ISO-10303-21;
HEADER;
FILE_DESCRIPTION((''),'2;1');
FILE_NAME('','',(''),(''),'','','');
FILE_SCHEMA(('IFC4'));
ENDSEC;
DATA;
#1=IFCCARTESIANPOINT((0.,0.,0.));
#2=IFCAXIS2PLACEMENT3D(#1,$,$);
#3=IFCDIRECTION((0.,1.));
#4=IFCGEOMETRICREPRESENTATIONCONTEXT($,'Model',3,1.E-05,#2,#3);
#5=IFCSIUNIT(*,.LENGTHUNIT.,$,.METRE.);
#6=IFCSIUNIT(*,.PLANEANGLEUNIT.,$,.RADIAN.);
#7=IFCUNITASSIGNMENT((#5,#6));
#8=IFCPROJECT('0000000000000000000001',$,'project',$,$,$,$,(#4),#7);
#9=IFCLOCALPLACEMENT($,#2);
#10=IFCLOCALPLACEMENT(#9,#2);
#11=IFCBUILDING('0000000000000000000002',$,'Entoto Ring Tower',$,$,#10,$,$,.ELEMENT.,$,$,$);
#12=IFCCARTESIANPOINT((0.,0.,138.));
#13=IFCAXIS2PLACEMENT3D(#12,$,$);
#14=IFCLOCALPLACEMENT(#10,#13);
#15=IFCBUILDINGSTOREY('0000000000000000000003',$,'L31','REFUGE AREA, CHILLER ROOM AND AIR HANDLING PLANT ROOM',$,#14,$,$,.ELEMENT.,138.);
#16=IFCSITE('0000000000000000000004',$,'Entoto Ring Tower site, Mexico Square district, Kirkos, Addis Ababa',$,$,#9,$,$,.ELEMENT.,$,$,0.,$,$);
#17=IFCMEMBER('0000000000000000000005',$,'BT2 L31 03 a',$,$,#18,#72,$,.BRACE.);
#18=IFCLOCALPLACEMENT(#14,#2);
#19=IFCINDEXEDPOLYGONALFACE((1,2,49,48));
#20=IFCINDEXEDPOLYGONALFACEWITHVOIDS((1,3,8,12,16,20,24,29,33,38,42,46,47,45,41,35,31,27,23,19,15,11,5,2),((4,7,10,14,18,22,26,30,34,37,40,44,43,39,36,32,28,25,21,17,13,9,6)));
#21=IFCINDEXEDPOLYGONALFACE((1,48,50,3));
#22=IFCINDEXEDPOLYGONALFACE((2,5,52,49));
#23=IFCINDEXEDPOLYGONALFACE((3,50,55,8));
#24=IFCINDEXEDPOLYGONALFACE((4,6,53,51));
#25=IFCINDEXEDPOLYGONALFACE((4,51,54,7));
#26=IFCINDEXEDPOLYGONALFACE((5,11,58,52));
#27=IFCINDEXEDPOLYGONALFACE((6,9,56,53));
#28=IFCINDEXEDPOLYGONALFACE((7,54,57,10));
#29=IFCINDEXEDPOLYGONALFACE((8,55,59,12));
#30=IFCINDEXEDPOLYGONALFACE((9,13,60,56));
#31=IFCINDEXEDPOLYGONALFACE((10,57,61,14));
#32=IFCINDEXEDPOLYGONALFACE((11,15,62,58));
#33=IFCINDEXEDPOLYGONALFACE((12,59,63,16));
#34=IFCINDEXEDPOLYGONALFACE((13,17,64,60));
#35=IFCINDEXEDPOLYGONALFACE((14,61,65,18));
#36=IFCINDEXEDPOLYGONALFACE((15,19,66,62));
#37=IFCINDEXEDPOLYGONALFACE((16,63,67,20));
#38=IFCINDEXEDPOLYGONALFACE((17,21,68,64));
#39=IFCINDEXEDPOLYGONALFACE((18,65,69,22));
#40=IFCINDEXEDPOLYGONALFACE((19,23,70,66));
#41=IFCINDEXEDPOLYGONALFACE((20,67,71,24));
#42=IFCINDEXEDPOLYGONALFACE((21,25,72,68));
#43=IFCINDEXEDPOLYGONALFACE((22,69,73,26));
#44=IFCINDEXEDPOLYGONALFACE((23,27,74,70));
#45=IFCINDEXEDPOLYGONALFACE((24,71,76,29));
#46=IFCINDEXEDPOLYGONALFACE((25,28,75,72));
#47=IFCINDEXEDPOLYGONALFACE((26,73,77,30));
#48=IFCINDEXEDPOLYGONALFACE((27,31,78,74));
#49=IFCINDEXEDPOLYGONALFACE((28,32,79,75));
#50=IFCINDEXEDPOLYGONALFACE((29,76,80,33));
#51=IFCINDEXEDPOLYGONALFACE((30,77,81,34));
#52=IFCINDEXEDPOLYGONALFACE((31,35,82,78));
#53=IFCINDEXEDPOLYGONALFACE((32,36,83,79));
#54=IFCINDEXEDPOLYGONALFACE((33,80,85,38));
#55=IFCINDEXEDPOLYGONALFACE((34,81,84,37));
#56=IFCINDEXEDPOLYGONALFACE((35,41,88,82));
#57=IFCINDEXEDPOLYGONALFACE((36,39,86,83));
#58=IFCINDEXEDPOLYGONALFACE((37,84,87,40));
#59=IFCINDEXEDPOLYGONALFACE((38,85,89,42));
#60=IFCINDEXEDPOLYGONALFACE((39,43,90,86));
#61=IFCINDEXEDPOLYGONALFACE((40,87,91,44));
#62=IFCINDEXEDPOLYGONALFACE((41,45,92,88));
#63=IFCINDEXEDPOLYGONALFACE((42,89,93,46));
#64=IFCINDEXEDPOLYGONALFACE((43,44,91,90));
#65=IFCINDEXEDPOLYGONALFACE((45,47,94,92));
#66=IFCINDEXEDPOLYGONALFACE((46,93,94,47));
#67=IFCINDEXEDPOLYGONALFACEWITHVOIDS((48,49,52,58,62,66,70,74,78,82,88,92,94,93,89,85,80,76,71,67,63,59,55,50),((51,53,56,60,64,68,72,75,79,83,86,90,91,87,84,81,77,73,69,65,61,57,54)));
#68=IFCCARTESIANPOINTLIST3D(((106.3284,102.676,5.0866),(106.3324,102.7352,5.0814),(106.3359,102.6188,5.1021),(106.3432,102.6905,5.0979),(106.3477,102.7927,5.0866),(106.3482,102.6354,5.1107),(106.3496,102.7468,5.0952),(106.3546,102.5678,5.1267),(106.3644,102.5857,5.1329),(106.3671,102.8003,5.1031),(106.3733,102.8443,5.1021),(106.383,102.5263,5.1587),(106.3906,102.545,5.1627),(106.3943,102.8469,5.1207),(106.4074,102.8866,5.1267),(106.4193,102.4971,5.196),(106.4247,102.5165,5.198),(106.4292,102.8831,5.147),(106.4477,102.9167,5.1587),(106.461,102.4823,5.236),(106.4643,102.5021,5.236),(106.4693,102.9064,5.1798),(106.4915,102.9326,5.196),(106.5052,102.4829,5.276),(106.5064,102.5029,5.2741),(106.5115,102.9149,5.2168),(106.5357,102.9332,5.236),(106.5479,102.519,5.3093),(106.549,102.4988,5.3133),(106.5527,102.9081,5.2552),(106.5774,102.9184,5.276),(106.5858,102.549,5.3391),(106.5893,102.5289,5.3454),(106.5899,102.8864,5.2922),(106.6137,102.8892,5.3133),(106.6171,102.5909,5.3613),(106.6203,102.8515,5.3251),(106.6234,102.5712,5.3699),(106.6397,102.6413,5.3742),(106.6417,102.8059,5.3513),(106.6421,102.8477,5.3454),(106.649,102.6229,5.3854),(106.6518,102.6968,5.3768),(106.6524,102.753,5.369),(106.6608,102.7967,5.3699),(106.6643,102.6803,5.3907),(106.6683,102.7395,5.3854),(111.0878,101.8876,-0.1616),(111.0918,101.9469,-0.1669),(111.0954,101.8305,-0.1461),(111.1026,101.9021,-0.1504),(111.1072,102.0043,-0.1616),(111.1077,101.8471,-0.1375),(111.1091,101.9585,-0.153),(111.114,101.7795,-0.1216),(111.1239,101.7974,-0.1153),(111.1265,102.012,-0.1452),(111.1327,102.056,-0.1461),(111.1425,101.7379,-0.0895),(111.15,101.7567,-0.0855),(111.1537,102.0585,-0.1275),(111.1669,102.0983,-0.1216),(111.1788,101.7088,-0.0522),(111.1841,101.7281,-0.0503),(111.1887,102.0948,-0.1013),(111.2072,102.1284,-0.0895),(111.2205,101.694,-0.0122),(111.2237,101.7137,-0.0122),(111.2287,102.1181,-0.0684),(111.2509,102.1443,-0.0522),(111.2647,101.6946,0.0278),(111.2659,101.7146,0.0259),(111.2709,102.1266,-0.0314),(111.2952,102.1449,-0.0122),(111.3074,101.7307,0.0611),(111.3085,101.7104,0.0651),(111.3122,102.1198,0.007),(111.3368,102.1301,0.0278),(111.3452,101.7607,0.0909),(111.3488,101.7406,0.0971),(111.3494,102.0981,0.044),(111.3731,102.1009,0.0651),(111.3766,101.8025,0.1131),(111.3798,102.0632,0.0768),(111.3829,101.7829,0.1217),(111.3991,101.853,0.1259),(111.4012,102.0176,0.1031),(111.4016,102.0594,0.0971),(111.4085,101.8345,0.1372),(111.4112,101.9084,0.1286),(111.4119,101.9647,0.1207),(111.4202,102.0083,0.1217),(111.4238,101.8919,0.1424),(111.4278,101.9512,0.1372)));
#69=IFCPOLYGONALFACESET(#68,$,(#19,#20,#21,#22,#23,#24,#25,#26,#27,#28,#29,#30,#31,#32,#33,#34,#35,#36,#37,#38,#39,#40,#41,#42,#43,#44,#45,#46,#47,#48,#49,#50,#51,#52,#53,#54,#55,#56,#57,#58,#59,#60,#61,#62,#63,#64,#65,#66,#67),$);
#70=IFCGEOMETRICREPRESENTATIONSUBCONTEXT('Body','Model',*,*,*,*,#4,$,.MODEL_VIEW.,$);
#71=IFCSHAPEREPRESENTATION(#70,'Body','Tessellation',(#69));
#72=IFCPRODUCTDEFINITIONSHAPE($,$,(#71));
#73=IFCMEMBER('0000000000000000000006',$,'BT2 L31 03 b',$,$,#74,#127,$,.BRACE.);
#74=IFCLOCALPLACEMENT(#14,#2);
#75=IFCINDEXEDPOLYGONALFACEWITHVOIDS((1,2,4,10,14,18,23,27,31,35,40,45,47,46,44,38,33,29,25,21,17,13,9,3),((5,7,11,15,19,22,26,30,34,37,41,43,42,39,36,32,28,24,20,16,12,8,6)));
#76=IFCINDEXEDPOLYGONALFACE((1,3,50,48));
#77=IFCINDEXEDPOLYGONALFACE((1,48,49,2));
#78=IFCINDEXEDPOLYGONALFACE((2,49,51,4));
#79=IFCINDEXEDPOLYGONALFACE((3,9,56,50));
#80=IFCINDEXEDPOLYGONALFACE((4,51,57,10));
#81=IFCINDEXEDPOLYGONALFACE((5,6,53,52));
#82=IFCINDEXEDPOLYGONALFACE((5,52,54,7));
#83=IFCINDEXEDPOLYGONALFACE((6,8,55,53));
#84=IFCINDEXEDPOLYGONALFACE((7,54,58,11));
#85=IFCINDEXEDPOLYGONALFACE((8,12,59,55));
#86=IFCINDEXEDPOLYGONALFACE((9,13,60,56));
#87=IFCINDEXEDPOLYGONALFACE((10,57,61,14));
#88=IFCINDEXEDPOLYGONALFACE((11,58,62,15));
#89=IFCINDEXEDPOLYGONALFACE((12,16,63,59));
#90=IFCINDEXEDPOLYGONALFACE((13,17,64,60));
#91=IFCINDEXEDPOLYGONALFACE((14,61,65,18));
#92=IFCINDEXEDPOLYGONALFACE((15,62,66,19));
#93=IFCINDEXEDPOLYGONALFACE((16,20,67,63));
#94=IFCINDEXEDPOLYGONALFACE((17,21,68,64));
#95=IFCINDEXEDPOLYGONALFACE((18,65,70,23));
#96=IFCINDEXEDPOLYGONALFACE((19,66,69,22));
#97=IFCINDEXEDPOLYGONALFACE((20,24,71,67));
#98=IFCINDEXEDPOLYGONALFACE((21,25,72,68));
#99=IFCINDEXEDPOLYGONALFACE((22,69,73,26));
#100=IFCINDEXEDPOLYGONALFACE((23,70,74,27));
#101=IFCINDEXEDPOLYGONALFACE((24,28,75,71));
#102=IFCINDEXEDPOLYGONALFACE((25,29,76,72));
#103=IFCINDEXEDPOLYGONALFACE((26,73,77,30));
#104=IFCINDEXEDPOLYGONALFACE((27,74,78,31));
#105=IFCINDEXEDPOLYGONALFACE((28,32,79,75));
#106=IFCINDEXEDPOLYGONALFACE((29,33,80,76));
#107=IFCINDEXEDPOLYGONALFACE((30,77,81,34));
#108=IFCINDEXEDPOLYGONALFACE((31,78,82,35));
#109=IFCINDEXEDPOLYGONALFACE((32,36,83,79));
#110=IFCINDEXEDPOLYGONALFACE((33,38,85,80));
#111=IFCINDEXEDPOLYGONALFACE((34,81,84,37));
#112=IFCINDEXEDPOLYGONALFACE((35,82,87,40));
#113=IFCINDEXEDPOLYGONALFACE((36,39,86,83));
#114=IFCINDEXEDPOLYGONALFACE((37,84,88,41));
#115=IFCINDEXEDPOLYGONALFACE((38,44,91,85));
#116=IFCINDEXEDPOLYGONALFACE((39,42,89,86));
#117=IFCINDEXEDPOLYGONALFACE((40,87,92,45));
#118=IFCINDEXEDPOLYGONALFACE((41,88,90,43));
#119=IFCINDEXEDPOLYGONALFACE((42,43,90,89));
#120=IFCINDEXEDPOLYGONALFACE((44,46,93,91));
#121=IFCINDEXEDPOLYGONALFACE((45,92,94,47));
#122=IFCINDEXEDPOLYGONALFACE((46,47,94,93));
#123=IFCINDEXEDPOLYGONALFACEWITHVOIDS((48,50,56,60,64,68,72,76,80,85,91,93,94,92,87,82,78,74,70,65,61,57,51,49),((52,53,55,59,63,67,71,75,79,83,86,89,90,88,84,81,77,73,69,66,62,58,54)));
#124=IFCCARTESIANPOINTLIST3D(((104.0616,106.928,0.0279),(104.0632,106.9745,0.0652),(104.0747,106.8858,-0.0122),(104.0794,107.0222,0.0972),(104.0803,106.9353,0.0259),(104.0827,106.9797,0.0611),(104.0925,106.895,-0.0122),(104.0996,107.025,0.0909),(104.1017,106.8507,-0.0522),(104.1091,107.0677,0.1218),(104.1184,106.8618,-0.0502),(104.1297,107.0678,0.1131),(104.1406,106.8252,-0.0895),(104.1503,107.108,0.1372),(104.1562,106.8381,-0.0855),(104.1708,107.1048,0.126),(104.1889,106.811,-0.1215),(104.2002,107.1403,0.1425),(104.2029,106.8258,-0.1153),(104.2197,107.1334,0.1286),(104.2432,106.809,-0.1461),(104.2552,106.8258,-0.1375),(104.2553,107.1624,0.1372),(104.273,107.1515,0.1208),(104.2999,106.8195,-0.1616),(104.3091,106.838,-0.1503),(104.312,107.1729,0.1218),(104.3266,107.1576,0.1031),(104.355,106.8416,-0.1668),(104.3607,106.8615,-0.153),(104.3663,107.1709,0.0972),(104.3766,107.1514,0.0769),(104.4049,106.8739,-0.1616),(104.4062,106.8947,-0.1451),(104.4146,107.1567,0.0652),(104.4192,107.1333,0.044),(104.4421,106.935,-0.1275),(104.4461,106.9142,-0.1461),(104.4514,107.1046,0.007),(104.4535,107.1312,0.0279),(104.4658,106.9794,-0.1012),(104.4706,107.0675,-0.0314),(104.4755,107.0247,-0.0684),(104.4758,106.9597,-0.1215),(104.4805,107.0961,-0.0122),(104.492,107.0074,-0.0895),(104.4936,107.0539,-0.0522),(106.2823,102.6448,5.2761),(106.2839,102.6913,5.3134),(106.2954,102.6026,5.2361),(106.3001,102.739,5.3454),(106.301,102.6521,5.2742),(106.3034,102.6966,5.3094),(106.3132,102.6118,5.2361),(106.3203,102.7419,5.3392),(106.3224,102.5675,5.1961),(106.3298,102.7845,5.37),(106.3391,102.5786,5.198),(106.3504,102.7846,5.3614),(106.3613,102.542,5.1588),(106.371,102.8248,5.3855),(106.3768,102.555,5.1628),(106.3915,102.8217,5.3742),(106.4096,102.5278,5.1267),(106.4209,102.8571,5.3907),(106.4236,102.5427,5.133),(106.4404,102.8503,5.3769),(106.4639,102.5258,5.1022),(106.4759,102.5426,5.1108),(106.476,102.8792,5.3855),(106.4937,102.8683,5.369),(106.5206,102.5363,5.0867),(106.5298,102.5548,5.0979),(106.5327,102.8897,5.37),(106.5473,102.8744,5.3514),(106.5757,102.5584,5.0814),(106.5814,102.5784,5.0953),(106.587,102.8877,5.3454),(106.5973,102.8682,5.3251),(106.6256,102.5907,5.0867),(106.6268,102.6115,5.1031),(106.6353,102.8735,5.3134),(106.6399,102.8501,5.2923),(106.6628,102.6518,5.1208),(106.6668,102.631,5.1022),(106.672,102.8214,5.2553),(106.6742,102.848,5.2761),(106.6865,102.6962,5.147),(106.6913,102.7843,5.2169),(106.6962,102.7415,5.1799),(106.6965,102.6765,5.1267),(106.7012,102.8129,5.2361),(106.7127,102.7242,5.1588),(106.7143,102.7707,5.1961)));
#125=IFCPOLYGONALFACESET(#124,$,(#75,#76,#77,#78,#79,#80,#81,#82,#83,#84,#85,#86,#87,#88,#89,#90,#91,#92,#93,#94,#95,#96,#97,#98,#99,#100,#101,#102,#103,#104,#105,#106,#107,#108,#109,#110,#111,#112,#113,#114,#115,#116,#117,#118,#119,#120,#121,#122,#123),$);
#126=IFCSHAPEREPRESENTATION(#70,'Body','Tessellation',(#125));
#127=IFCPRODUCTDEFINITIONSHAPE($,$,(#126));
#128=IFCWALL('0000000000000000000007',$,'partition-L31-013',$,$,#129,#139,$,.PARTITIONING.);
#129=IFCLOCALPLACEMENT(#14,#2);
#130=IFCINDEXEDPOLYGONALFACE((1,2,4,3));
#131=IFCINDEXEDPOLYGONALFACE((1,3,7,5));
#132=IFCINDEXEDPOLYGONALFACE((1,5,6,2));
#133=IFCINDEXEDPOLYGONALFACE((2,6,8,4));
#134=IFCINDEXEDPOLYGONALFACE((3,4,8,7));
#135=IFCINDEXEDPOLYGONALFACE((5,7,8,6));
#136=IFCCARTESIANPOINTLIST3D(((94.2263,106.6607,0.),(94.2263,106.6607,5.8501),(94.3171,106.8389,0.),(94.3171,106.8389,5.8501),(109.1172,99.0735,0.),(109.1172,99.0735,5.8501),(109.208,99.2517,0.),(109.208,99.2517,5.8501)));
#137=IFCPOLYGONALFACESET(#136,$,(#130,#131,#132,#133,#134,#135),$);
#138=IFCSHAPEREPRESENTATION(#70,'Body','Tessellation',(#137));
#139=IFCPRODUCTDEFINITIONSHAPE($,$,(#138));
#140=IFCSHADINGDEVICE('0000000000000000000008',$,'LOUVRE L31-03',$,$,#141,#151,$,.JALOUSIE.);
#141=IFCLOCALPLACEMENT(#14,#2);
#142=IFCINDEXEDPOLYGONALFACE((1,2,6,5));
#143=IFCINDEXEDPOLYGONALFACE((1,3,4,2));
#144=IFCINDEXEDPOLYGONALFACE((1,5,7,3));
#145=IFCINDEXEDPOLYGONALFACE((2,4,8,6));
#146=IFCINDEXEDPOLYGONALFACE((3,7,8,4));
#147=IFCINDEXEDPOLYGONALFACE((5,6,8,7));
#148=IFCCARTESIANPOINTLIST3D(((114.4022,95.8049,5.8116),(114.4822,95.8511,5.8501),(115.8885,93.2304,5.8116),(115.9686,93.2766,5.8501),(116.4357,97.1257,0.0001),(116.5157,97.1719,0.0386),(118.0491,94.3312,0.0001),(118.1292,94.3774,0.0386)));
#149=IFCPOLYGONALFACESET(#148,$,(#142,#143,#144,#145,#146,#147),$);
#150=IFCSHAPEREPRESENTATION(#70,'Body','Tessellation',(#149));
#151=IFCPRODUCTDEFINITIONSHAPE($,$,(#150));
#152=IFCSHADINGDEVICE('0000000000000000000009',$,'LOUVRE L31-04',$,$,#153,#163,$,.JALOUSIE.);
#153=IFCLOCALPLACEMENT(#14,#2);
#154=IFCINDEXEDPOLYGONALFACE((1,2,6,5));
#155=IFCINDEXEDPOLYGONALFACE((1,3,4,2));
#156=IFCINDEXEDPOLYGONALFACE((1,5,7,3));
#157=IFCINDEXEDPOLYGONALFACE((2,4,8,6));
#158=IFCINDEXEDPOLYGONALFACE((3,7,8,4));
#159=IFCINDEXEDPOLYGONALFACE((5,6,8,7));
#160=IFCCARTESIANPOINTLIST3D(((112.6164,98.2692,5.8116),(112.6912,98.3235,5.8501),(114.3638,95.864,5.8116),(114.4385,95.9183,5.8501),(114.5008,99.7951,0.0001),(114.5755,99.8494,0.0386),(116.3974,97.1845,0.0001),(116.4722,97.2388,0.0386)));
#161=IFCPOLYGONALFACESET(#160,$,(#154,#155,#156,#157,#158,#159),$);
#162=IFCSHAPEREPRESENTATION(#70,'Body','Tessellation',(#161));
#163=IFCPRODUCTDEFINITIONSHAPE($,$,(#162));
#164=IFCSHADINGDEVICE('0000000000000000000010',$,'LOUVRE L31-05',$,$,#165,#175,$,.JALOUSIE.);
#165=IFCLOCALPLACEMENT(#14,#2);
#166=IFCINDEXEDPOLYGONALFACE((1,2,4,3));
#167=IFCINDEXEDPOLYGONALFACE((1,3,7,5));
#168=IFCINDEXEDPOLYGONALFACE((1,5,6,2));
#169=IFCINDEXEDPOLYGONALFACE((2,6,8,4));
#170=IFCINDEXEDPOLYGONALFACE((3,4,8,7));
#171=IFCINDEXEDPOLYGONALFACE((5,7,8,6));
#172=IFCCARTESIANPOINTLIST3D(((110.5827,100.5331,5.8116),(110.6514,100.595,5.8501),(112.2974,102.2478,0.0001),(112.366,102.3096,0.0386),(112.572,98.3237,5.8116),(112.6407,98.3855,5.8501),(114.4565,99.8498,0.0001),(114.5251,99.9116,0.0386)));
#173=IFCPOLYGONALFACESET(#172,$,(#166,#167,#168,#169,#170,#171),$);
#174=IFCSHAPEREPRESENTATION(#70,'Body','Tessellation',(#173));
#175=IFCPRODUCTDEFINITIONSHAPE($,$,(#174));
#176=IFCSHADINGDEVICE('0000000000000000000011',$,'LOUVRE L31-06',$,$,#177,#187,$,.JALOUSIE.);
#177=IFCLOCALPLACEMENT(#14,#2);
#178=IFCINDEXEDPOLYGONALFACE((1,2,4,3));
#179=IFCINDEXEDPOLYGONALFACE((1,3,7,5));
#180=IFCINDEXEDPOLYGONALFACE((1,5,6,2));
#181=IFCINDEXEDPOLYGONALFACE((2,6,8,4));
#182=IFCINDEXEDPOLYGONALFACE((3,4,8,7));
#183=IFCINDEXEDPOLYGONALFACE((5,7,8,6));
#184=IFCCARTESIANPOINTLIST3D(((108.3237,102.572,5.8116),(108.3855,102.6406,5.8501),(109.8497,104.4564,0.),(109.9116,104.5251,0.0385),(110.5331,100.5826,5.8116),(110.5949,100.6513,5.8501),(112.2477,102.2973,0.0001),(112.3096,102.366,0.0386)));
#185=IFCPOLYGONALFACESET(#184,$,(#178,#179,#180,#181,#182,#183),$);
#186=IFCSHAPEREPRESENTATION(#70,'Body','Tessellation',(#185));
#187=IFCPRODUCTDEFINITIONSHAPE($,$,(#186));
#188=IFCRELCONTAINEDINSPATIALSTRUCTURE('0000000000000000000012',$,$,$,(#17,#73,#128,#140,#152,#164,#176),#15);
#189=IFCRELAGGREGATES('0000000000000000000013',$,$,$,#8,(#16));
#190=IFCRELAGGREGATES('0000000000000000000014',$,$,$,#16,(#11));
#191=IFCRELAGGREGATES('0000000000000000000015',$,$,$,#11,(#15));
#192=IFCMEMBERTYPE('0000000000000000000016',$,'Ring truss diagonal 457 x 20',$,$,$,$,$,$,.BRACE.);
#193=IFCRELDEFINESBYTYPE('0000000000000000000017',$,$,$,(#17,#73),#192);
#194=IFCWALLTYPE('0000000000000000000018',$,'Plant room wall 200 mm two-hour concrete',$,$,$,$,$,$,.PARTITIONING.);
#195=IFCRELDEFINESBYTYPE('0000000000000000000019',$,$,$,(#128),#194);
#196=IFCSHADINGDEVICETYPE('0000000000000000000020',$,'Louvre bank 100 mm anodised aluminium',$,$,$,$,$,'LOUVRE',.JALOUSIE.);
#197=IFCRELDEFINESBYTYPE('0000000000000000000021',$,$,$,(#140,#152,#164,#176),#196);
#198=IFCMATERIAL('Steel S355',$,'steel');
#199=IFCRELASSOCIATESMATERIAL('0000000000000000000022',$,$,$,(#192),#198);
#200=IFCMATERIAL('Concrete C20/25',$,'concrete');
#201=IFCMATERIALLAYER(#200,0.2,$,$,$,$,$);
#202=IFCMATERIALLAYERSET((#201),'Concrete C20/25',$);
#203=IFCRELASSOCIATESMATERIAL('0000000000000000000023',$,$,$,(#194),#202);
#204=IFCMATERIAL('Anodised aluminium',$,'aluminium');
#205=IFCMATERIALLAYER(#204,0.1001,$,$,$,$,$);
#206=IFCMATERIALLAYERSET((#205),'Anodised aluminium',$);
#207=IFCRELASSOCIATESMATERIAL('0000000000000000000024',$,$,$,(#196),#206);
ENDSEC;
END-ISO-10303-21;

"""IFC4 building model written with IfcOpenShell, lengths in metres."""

from ifc_helpers import new_model, si_unit, direction, frame, frame_2d, origin, origin_2d, place, context, subcontext, project, spatial, polyline, rectangle, circle, hollow_circle, outline, extrude, material, layer, layer_set, material_profile, profile_set, type_object, element, save


model = new_model("IFC4")

# Units and contexts
model_context = context("Model", 3, precision=1e-05, world=origin(), true_north=direction((0.0, 1.0)))
body_context = subcontext(model_context, "Body", "Model", "MODEL_VIEW")
ifc_project = project(units=[si_unit("LENGTHUNIT", "METRE"), si_unit("PLANEANGLEUNIT", "RADIAN")], contexts=[model_context])

# Site, building, storey
site_placement = place(None, origin())
site = spatial("IfcSite", under=ifc_project, at=site_placement, Name="Entoto Ring Tower site, Mexico Square district, Kirkos, Addis Ababa", CompositionType="ELEMENT", RefElevation=0.0)
building_placement = place(site_placement, origin())
building = spatial("IfcBuilding", under=site, at=building_placement, Name="Entoto Ring Tower", CompositionType="ELEMENT")
storey_placement = place(building_placement, frame((0.0, 0.0, 138.0)))
storey = spatial("IfcBuildingStorey", under=building, at=storey_placement, Name="L31", Description="REFUGE AREA, CHILLER ROOM AND AIR HANDLING PLANT ROOM", CompositionType="ELEMENT", Elevation=138.0)

# Members
ifc_material_1 = material(Name="Steel S355", Category="steel")
ifc_material_profile_1 = material_profile(ifc_material_1, hollow_circle(Radius=0.2285, WallThickness=0.02, at=origin_2d()), Name="CHS 457 x 20")
ifc_material_2 = material(Name="Concrete C60/75", Category="concrete")
ifc_material_profile_2 = material_profile(ifc_material_2, circle(Radius=0.2085, at=origin_2d()), Name="Concrete C60/75 infill")
ifc_profile_set_1 = profile_set([ifc_material_profile_1, ifc_material_profile_2], Name="Steel S355")
member_type_1 = type_object("IfcMemberType", Name="Ring truss diagonal 457 x 20", PredefinedType="BRACE", material=ifc_profile_set_1)
for number, where, z_axis, x_axis, name in (
    (1, (111.2578, 101.9194, -0.0122), (-0.667652, 0.110585, 0.736215), (-0.163406, -0.986559, 0.0), "BT2 L31 03 a"),
):
    element("IfcMember", number, at=place(storey_placement, frame(where, z_axis=z_axis, x_axis=x_axis)), inside=storey, type_object=member_type_1, Name=name, PredefinedType="BRACE", context=body_context, shape_type="SweptSolid", body=[
        extrude(hollow_circle(Radius=0.2285, WallThickness=0.02, at=origin_2d()), origin(), (0.0, 0.0, 1.0), 7.1287),
    ])
member_1_placement = place(storey_placement, frame((106.4983, 102.7078, 5.2361), z_axis=(-0.311505, 0.600818, -0.736194), x_axis=(-0.887773, -0.460282, 0.0)))
element("IfcMember", 2, at=member_1_placement, inside=storey, type_object=member_type_1, Name="BT2 L31 03 b", PredefinedType="BRACE", context=body_context, shape_type="SweptSolid", body=[
    extrude(hollow_circle(Radius=0.2285, WallThickness=0.02, at=origin_2d()), origin(), (0.0, 0.0, 1.0), 7.1289),
])

# Wall
ifc_material_3 = material(Name="Concrete C20/25", Category="concrete")
ifc_layer_1 = layer(ifc_material_3, 0.2)
ifc_layer_set_1 = layer_set([ifc_layer_1], Name="Concrete C20/25")
wall_type = type_object("IfcWallType", Name="Plant room wall 200 mm two-hour concrete", PredefinedType="PARTITIONING", material=ifc_layer_set_1)
wall_placement = place(storey_placement, frame((109.1626, 99.1626, 0.0), z_axis=(0.0, 0.0, 1.0), x_axis=(-0.891009, 0.453985, 0.0)))
element("IfcWall", 3, at=wall_placement, inside=storey, type_object=wall_type, Name="partition-L31-013", PredefinedType="PARTITIONING", context=body_context, shape_type="SweptSolid", body=[
    extrude(rectangle(XDim=16.7124, YDim=0.2, at=frame_2d((8.3562, 0.0))), origin(), (0.0, 0.0, 1.0), 5.8501),
])

# Shading devices
ifc_material_4 = material(Name="Anodised aluminium", Category="aluminium")
ifc_layer_2 = layer(ifc_material_4, 0.1001)
ifc_layer_set_2 = layer_set([ifc_layer_2], Name="Anodised aluminium")
shading_device_type = type_object("IfcShadingDeviceType", Name="Louvre bank 100 mm anodised aluminium", ElementType="LOUVRE", PredefinedType="JALOUSIE", material=ifc_layer_set_2)
shading_device_1_placement = place(storey_placement, frame((118.1292, 94.3774, 0.0386), z_axis=(0.799399, 0.461551, 0.38462), x_axis=(-0.500018, 0.866015, 0.000009)))
element("IfcShadingDevice", 4, at=shading_device_1_placement, inside=storey, type_object=shading_device_type, Name="LOUVRE L31-03", PredefinedType="JALOUSIE", context=body_context, shape_type="SweptSolid", body=[
    extrude(outline(polyline([(0.0, 0.0), (3.2268, 0.0), (3.0998, 6.2958), (0.1271, 6.2959), (0.0, 0.0)])), origin(), (0.0, 0.0, -1.0), 0.1001),
])
shading_device_2_placement = place(storey_placement, frame((116.4722, 97.2388, 0.0386), z_axis=(0.746802, 0.542554, 0.384606), x_axis=(-0.587768, 0.80903, 0.000011)))
element("IfcShadingDevice", 5, at=shading_device_2_placement, inside=storey, type_object=shading_device_type, Name="LOUVRE L31-04", PredefinedType="JALOUSIE", context=body_context, shape_type="SweptSolid", body=[
    extrude(outline(polyline([(0.0, 0.0), (3.2269, 0.0), (3.1, 6.2958), (0.127, 6.2958), (0.0, 0.0)])), origin(), (0.0, 0.0, -1.0), 0.1001),
])
shading_device_3_placement = place(storey_placement, frame((114.5251, 99.9116, 0.0386), z_axis=(0.685983, 0.617647, 0.384629), x_axis=(-0.669124, 0.743151, 0.000009)))
element("IfcShadingDevice", 6, at=shading_device_3_placement, inside=storey, type_object=shading_device_type, Name="LOUVRE L31-05", PredefinedType="JALOUSIE", context=body_context, shape_type="SweptSolid", body=[
    extrude(outline(polyline([(0.0, 0.0), (3.2268, 0.0), (3.0999, 6.2958), (0.1269, 6.2959), (0.0, 0.0)])), origin(), (0.0, 0.0, -1.0), 0.1001),
])
shading_device_4_placement = place(storey_placement, frame((112.3096, 102.366, 0.0386), z_axis=(0.617647, 0.685983, 0.384629), x_axis=(-0.743151, 0.669124, -0.000009)))
element("IfcShadingDevice", 7, at=shading_device_4_placement, inside=storey, type_object=shading_device_type, Name="LOUVRE L31-06", PredefinedType="JALOUSIE", context=body_context, shape_type="SweptSolid", body=[
    extrude(outline(polyline([(0.0, 0.0), (3.2268, 0.0), (3.0999, 6.2959), (0.1269, 6.2958), (0.0, 0.0)])), origin(), (0.0, 0.0, -1.0), 0.1001),
])

save(model, "model.ifc")
